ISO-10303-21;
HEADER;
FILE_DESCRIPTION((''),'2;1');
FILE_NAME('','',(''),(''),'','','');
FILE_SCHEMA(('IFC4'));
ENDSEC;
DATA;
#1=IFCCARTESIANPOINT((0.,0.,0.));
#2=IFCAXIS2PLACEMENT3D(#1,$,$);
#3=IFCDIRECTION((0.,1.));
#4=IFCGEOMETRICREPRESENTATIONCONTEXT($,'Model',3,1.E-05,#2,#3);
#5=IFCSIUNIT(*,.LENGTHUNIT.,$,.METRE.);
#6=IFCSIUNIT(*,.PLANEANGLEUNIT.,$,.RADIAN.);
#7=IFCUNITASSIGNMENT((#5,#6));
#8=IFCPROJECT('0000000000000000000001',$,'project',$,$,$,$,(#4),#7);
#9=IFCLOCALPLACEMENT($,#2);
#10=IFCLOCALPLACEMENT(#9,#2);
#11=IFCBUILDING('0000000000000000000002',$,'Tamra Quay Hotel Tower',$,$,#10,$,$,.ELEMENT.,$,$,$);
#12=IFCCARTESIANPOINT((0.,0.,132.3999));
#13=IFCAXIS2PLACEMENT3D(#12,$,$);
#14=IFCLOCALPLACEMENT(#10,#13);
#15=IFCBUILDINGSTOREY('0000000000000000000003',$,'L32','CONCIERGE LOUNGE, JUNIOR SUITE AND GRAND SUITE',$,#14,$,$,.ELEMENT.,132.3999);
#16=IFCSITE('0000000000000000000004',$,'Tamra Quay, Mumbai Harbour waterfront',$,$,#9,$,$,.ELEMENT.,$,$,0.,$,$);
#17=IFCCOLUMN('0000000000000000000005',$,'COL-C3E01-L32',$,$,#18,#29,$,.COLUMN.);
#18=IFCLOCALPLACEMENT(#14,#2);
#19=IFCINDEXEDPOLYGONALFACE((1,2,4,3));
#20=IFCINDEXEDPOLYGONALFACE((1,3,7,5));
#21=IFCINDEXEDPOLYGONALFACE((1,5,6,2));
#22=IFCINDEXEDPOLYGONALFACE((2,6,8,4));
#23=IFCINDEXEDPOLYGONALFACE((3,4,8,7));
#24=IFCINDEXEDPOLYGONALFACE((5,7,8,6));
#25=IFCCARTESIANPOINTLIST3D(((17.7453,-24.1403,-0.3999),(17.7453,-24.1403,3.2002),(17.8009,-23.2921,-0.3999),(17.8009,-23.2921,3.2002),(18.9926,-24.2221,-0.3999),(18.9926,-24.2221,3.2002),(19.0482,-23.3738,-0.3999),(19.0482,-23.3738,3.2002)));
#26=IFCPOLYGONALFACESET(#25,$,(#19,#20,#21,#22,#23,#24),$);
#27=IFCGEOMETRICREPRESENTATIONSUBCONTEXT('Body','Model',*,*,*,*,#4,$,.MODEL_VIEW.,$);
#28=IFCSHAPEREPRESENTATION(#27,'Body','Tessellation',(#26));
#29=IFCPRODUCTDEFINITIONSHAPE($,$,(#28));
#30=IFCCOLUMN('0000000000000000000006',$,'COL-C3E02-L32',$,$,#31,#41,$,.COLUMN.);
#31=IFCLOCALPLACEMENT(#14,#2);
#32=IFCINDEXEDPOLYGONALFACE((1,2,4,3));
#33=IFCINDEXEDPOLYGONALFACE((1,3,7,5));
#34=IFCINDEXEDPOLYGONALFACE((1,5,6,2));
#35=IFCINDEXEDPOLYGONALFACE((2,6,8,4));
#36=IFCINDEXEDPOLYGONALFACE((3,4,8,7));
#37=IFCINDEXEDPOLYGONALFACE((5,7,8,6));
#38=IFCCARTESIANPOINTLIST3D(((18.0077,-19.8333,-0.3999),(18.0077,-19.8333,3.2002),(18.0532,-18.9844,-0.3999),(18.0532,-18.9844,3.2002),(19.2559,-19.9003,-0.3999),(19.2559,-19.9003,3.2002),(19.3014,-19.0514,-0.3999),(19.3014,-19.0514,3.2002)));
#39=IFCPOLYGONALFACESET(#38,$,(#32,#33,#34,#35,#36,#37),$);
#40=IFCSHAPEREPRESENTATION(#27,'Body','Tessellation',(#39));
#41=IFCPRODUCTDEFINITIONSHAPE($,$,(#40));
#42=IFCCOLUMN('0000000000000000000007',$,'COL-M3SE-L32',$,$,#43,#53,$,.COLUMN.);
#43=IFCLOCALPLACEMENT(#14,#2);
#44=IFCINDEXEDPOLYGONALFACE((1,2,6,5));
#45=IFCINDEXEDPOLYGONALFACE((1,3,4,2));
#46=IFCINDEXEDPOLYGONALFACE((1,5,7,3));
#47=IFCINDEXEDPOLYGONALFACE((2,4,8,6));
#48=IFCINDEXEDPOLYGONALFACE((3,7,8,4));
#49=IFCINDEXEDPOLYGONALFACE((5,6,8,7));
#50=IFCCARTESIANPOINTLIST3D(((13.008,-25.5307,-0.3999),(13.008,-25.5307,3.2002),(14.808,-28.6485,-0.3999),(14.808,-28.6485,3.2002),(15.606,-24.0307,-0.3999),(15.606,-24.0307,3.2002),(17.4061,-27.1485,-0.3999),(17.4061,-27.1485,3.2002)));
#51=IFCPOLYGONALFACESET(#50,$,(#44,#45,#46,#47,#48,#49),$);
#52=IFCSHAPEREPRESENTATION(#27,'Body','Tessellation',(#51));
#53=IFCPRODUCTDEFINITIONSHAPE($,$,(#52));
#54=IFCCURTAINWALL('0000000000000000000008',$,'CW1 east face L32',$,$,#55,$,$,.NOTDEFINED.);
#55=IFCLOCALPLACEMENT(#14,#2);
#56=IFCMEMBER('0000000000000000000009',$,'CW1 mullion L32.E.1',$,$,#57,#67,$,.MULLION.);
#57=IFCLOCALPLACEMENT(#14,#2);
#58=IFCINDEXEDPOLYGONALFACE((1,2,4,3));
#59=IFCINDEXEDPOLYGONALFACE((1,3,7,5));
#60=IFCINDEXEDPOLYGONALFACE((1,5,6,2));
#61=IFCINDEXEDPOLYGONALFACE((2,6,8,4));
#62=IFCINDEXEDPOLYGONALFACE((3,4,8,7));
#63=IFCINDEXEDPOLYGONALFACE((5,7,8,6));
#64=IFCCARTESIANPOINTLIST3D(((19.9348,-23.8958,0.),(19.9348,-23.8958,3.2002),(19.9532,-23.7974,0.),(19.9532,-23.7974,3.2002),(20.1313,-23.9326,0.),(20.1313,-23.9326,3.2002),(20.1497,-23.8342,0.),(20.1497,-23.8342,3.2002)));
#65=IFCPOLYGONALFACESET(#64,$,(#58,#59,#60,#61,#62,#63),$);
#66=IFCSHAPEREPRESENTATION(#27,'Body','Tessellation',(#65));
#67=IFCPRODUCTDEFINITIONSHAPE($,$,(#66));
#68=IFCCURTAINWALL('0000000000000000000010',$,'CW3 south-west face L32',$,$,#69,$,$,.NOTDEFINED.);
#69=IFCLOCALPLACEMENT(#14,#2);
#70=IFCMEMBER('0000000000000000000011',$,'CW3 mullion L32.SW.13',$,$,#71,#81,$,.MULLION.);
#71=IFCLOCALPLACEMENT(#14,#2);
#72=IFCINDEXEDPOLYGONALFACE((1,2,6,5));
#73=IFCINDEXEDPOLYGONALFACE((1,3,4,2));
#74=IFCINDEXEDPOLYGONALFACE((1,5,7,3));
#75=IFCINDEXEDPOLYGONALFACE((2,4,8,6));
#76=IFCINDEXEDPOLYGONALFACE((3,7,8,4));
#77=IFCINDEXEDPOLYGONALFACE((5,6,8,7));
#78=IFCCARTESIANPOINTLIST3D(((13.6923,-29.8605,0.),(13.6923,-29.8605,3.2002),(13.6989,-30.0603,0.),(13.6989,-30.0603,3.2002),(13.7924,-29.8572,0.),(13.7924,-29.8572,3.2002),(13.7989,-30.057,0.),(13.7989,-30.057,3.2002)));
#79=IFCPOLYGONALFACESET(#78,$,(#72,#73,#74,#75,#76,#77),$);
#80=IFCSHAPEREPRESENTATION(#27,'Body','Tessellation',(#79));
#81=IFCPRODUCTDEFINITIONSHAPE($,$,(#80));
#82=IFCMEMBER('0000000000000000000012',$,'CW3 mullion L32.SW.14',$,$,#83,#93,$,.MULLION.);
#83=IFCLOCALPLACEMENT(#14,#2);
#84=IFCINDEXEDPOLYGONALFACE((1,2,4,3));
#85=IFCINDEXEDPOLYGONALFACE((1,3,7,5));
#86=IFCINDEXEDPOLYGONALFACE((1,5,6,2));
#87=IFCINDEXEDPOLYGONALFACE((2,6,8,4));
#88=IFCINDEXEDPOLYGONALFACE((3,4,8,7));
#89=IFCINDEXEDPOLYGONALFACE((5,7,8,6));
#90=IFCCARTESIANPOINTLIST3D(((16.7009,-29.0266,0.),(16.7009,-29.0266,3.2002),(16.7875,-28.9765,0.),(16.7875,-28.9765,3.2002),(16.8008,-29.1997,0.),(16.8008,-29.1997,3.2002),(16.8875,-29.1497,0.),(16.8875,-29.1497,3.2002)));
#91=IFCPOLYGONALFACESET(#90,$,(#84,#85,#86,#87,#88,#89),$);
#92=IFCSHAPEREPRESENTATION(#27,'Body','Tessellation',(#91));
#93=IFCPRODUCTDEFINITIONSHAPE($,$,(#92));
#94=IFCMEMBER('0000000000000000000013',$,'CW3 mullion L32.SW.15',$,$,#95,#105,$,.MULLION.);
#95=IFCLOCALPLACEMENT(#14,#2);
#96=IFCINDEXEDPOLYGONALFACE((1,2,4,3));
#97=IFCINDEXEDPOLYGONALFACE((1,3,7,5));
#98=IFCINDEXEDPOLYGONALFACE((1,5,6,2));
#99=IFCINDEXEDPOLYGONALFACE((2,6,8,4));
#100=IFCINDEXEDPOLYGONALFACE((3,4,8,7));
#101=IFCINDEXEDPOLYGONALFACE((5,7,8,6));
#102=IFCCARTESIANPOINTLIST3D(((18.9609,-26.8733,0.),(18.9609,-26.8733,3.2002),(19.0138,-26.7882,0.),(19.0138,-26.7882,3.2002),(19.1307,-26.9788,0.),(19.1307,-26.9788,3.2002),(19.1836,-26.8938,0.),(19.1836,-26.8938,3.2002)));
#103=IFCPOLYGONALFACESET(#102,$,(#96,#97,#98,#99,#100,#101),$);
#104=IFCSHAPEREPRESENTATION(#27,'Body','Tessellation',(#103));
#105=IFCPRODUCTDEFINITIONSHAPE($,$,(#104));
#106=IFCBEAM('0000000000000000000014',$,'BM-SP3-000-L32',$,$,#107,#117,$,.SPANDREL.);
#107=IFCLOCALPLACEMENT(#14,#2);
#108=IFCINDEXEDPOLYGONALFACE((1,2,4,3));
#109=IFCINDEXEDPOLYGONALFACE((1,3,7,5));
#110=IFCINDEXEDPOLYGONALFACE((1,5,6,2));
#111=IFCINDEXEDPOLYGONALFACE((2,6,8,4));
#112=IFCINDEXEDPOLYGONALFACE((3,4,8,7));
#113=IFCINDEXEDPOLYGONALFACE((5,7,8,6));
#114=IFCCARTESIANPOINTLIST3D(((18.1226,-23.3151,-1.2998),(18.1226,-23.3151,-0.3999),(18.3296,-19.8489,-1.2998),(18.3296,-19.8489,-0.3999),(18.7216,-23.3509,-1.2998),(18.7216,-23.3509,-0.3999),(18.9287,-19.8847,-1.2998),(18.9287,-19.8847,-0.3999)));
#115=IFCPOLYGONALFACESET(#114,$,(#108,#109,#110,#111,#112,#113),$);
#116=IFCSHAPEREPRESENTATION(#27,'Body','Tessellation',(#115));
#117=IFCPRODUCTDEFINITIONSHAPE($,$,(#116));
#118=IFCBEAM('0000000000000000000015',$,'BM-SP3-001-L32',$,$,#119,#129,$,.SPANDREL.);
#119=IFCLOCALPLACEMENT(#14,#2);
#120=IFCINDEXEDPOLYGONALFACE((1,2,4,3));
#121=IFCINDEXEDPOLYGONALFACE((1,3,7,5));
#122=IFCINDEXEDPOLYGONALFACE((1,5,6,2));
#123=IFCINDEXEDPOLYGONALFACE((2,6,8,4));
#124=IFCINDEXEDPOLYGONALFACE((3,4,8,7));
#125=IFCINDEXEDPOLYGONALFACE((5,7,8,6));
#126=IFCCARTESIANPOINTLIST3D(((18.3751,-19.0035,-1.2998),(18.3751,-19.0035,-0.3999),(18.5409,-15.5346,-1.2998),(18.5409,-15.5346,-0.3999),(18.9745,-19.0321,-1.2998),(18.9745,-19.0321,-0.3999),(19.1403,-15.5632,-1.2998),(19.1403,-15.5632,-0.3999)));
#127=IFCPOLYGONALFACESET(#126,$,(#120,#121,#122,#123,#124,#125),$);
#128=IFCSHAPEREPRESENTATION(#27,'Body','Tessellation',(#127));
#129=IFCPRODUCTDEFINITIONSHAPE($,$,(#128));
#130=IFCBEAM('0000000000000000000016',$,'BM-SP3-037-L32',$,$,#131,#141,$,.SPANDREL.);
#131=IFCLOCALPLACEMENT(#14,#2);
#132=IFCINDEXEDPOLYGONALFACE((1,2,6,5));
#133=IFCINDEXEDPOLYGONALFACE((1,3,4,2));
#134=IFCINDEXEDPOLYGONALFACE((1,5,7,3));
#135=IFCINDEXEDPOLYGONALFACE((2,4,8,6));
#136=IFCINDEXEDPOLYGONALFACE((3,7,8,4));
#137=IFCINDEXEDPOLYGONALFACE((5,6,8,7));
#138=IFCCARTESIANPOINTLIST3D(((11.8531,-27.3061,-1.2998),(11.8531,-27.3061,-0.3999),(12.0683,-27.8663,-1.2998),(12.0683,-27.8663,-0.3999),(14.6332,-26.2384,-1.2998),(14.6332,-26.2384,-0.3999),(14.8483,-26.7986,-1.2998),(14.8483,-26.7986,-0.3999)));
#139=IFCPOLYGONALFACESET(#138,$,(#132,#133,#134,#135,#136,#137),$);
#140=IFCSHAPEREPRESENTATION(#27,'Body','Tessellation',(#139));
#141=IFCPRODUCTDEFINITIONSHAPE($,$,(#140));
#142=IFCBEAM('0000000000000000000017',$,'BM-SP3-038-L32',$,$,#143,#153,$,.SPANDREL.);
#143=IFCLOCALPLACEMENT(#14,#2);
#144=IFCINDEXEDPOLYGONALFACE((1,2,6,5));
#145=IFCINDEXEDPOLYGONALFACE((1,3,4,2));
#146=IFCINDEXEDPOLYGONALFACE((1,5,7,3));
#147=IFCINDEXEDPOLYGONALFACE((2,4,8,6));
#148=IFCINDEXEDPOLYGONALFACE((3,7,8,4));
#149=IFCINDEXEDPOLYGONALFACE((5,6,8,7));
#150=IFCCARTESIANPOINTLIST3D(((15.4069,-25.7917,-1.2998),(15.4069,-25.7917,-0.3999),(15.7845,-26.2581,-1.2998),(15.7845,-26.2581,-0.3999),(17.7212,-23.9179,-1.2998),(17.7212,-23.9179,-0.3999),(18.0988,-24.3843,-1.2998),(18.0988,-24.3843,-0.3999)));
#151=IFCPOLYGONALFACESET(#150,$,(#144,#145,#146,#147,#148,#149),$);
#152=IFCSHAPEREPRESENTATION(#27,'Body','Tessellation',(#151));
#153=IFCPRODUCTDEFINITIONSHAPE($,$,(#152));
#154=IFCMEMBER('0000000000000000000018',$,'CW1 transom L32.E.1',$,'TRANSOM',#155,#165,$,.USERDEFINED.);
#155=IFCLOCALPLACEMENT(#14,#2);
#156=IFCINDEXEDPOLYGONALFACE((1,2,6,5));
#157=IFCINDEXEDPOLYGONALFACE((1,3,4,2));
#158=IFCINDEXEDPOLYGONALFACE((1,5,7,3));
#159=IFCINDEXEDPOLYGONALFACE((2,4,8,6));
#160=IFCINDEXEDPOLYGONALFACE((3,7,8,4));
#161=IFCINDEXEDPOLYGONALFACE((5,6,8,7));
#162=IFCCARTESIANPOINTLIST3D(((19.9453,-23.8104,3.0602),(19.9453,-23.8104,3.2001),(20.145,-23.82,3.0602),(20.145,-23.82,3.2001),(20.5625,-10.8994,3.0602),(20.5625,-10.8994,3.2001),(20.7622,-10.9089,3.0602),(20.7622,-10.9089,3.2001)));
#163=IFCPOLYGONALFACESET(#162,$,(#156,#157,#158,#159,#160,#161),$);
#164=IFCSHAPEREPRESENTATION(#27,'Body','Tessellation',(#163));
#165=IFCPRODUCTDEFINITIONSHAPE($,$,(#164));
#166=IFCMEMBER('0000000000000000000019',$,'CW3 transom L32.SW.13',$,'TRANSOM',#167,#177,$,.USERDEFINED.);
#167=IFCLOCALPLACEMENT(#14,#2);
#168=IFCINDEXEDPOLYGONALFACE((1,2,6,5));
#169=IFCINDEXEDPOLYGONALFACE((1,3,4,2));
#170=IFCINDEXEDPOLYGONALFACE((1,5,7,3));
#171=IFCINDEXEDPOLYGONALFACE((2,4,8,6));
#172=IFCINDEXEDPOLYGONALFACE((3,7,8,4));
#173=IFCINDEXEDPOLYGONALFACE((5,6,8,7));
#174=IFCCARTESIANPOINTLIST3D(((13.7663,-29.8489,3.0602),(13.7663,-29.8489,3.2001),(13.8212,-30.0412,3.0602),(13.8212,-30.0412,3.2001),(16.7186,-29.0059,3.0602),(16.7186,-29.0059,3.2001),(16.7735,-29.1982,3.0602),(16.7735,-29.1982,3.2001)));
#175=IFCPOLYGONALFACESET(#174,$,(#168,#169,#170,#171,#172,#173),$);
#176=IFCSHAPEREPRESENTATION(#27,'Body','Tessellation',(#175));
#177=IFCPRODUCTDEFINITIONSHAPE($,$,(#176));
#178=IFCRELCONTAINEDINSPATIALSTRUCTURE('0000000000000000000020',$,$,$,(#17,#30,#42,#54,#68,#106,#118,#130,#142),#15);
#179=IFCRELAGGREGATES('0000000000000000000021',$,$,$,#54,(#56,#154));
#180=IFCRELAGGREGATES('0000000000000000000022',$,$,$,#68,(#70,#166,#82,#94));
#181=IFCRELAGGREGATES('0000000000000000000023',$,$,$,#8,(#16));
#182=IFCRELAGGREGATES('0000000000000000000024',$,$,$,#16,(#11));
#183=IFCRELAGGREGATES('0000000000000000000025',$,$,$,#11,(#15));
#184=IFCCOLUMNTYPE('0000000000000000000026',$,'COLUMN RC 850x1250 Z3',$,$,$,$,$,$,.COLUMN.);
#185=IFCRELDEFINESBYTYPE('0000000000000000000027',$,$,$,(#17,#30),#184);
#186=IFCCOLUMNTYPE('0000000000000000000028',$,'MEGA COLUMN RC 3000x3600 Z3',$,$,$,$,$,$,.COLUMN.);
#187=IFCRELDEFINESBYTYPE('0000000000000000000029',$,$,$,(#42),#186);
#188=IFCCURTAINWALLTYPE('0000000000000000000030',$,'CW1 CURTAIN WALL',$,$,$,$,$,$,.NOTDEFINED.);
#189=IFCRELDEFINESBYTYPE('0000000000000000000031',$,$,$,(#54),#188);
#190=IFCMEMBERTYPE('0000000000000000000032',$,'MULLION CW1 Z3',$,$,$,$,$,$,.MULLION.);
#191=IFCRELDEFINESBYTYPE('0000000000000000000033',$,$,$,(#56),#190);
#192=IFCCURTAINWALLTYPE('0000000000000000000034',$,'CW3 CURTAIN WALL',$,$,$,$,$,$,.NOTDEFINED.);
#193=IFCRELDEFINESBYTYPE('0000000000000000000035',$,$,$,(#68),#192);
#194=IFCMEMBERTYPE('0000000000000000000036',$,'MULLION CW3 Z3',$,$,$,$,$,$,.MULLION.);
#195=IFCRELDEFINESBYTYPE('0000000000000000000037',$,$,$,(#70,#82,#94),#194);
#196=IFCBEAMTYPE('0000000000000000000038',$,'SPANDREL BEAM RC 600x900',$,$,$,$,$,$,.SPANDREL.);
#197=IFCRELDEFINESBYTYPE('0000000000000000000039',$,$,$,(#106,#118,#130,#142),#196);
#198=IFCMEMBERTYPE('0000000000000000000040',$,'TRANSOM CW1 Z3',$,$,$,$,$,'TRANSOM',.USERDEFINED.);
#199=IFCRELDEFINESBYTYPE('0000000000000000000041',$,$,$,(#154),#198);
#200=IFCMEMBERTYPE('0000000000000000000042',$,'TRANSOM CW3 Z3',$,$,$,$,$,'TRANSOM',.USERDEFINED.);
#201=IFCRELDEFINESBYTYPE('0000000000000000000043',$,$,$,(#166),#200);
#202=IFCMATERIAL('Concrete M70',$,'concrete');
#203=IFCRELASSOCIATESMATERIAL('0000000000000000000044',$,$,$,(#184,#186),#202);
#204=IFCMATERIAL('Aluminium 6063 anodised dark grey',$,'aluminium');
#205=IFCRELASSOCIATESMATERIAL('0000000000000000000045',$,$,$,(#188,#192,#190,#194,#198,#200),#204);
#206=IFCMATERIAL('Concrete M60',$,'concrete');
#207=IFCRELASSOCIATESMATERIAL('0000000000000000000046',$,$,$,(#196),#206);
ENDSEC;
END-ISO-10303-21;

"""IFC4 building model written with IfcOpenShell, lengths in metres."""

from ifc_helpers import new_model, si_unit, direction, frame, origin, origin_2d, place, context, subcontext, project, spatial, rectangle, extrude, material, material_profile, profile_set, type_object, element, aggregate, save


model = new_model("IFC4")

# Units and contexts
model_context = context("Model", 3, precision=1e-05, world=origin(), true_north=direction((0.0, 1.0)))
body_context = subcontext(model_context, "Body", "Model", "MODEL_VIEW")
ifc_project = project(units=[si_unit("LENGTHUNIT", "METRE"), si_unit("PLANEANGLEUNIT", "RADIAN")], contexts=[model_context])

# Site, building, storey
site_placement = place(None, origin())
site = spatial("IfcSite", under=ifc_project, at=site_placement, Name="Tamra Quay, Mumbai Harbour waterfront", CompositionType="ELEMENT", RefElevation=0.0)
building_placement = place(site_placement, origin())
building = spatial("IfcBuilding", under=site, at=building_placement, Name="Tamra Quay Hotel Tower", CompositionType="ELEMENT")
storey_placement = place(building_placement, frame((0.0, 0.0, 132.3999)))
storey = spatial("IfcBuildingStorey", under=building, at=storey_placement, Name="L32", Description="CONCIERGE LOUNGE, JUNIOR SUITE AND GRAND SUITE", CompositionType="ELEMENT", Elevation=132.3999)

# Columns
ifc_material_1 = material(Name="Concrete M70", Category="concrete")
ifc_material_profile_1 = material_profile(ifc_material_1, rectangle(XDim=1.25, YDim=0.8501, at=origin_2d()), Name="COLUMN RC 850x1250 Z3")
ifc_profile_set_1 = profile_set([ifc_material_profile_1], Name="Concrete M70")
column_type_1 = type_object("IfcColumnType", Name="COLUMN RC 850x1250 Z3", PredefinedType="COLUMN", material=ifc_profile_set_1)
for number, where, z_axis, x_axis, name in (
    (1, (18.3967, -23.7571, -0.3999), (0.0, 0.0, 1.0), (-0.997858, 0.065419, 0.0), "COL-C3E01-L32"),
    (2, (18.6545, -19.4424, -0.3999), (0.0, 0.0, 1.0), (-0.998562, 0.053603, 0.0), "COL-C3E02-L32"),
):
    element("IfcColumn", number, at=place(storey_placement, frame(where, z_axis=z_axis, x_axis=x_axis)), inside=storey, type_object=column_type_1, Name=name, PredefinedType="COLUMN", context=body_context, shape_type="SweptSolid", body=[
        extrude(rectangle(XDim=1.25, YDim=0.8501, at=origin_2d()), origin(), (0.0, 0.0, 1.0), 3.6001),
    ])
ifc_material_profile_2 = material_profile(ifc_material_1, rectangle(XDim=3.6001, YDim=3.0, at=origin_2d()), Name="MEGA COLUMN RC 3000x3600 Z3")
ifc_profile_set_2 = profile_set([ifc_material_profile_2], Name="Concrete M70")
column_type_2 = type_object("IfcColumnType", Name="MEGA COLUMN RC 3000x3600 Z3", PredefinedType="COLUMN", material=ifc_profile_set_2)
column_placement = place(storey_placement, frame((15.207, -26.3396, -0.3999), z_axis=(0.0, 0.0, 1.0), x_axis=(-0.5, 0.866025, 0.0)))
element("IfcColumn", 3, at=column_placement, inside=storey, type_object=column_type_2, Name="COL-M3SE-L32", PredefinedType="COLUMN", context=body_context, shape_type="SweptSolid", body=[
    extrude(rectangle(XDim=3.6001, YDim=3.0, at=origin_2d()), origin(), (0.0, 0.0, 1.0), 3.6001),
])

# Curtain wall, member
ifc_material_2 = material(Name="Aluminium 6063 anodised dark grey", Category="aluminium")
curtain_wall_type_1 = type_object("IfcCurtainWallType", Name="CW1 CURTAIN WALL", PredefinedType="NOTDEFINED", material=ifc_material_2)
curtain_wall_1_placement = place(storey_placement, origin())
curtain_wall_1 = element("IfcCurtainWall", 4, at=curtain_wall_1_placement, inside=storey, type_object=curtain_wall_type_1, Name="CW1 east face L32", PredefinedType="NOTDEFINED")
ifc_material_profile_3 = material_profile(ifc_material_2, rectangle(XDim=0.2, YDim=0.1001, at=origin_2d()), Name="MULLION 100X200")
ifc_profile_set_3 = profile_set([ifc_material_profile_3], Name="Aluminium 6063 anodised dark grey")
member_type_1 = type_object("IfcMemberType", Name="MULLION CW1 Z3", PredefinedType="MULLION", material=ifc_profile_set_3)
member_1_placement = place(storey_placement, frame((20.0422, -23.865, 0.0), z_axis=(0.0, 0.0, 1.0), x_axis=(0.982883, -0.18423, 0.0)))
member_1 = element("IfcMember", 5, at=member_1_placement, type_object=member_type_1, Name="CW1 mullion L32.E.1", PredefinedType="MULLION", context=body_context, shape_type="SweptSolid", body=[
    extrude(rectangle(XDim=0.2, YDim=0.1001, at=origin_2d()), origin(), (0.0, 0.0, 1.0), 3.2002),
])

# Curtain wall, members
curtain_wall_type_2 = type_object("IfcCurtainWallType", Name="CW3 CURTAIN WALL", PredefinedType="NOTDEFINED", material=ifc_material_2)
curtain_wall_2_placement = place(storey_placement, origin())
curtain_wall_2 = element("IfcCurtainWall", 6, at=curtain_wall_2_placement, inside=storey, type_object=curtain_wall_type_2, Name="CW3 south-west face L32", PredefinedType="NOTDEFINED")
ifc_material_profile_4 = material_profile(ifc_material_2, rectangle(XDim=0.2, YDim=0.1001, at=origin_2d()), Name="MULLION 100X200")
ifc_profile_set_4 = profile_set([ifc_material_profile_4], Name="Aluminium 6063 anodised dark grey")
member_type_2 = type_object("IfcMemberType", Name="MULLION CW3 Z3", PredefinedType="MULLION", material=ifc_profile_set_4)
member_2_placement = place(storey_placement, frame((13.7456, -29.9587, 0.0), z_axis=(0.0, 0.0, 1.0), x_axis=(0.032727, -0.999464, 0.0)))
member_2 = element("IfcMember", 7, at=member_2_placement, type_object=member_type_2, Name="CW3 mullion L32.SW.13", PredefinedType="MULLION", context=body_context, shape_type="SweptSolid", body=[
    extrude(rectangle(XDim=0.2, YDim=0.1001, at=origin_2d()), origin(), (0.0, 0.0, 1.0), 3.2002),
])
member_3_placement = place(storey_placement, frame((16.7942, -29.0881, 0.0), z_axis=(0.0, 0.0, 1.0), x_axis=(0.5, -0.866025, 0.0)))
member_3 = element("IfcMember", 8, at=member_3_placement, type_object=member_type_2, Name="CW3 mullion L32.SW.14", PredefinedType="MULLION", context=body_context, shape_type="SweptSolid", body=[
    extrude(rectangle(XDim=0.2, YDim=0.1001, at=origin_2d()), origin(), (0.0, 0.0, 1.0), 3.2002),
])
member_4_placement = place(storey_placement, frame((19.0723, -26.8835, 0.0), z_axis=(0.0, 0.0, 1.0), x_axis=(0.849198, -0.528075, 0.0)))
member_4 = element("IfcMember", 9, at=member_4_placement, type_object=member_type_2, Name="CW3 mullion L32.SW.15", PredefinedType="MULLION", context=body_context, shape_type="SweptSolid", body=[
    extrude(rectangle(XDim=0.2, YDim=0.1001, at=origin_2d()), origin(), (0.0, 0.0, 1.0), 3.2002),
])

# Beams
ifc_material_3 = material(Name="Concrete M60", Category="concrete")
ifc_material_profile_5 = material_profile(ifc_material_3, rectangle(XDim=0.6001, YDim=0.8999, at=origin_2d()), Name="SPANDREL BEAM RC 600x900")
ifc_profile_set_5 = profile_set([ifc_material_profile_5], Name="Concrete M60")
beam_type = type_object("IfcBeamType", Name="SPANDREL BEAM RC 600x900", PredefinedType="SPANDREL", material=ifc_profile_set_5)
beam_1_placement = place(storey_placement, frame((18.4221, -23.333, -0.8499), z_axis=(0.05962, 0.998221, 0.0), x_axis=(-0.998221, 0.05962, 0.0)))
element("IfcBeam", 10, at=beam_1_placement, inside=storey, type_object=beam_type, Name="BM-SP3-000-L32", PredefinedType="SPANDREL", context=body_context, shape_type="SweptSolid", body=[
    extrude(rectangle(XDim=0.6001, YDim=0.8999, at=origin_2d()), origin(), (0.0, 0.0, 1.0), 3.4724),
])
beam_2_placement = place(storey_placement, frame((18.6748, -19.0178, -0.8499), z_axis=(0.047732, 0.99886, 0.0), x_axis=(-0.99886, 0.047732, 0.0)))
element("IfcBeam", 11, at=beam_2_placement, inside=storey, type_object=beam_type, Name="BM-SP3-001-L32", PredefinedType="SPANDREL", context=body_context, shape_type="SweptSolid", body=[
    extrude(rectangle(XDim=0.6001, YDim=0.8999, at=origin_2d()), origin(), (0.0, 0.0, 1.0), 3.4729),
])
beam_3_placement = place(storey_placement, frame((11.9607, -27.5862, -0.8499), z_axis=(0.933527, 0.358507, 0.0), x_axis=(-0.358507, 0.933527, 0.0)))
element("IfcBeam", 12, at=beam_3_placement, inside=storey, type_object=beam_type, Name="BM-SP3-037-L32", PredefinedType="SPANDREL", context=body_context, shape_type="SweptSolid", body=[
    extrude(rectangle(XDim=0.6001, YDim=0.8999, at=origin_2d()), origin(), (0.0, 0.0, 1.0), 2.978),
])
beam_4_placement = place(storey_placement, frame((15.5957, -26.0249, -0.8499), z_axis=(0.777184, 0.629274, 0.0), x_axis=(-0.629274, 0.777184, 0.0)))
element("IfcBeam", 13, at=beam_4_placement, inside=storey, type_object=beam_type, Name="BM-SP3-038-L32", PredefinedType="SPANDREL", context=body_context, shape_type="SweptSolid", body=[
    extrude(rectangle(XDim=0.6001, YDim=0.8999, at=origin_2d()), origin(), (0.0, 0.0, 1.0), 2.9778),
])

# Members
ifc_material_profile_6 = material_profile(ifc_material_2, rectangle(XDim=0.2, YDim=0.1399, at=origin_2d()), Name="TRANSOM 200X140")
ifc_profile_set_6 = profile_set([ifc_material_profile_6], Name="Aluminium 6063 anodised dark grey")
member_type_3 = type_object("IfcMemberType", Name="TRANSOM CW1 Z3", ElementType="TRANSOM", PredefinedType="USERDEFINED", material=ifc_profile_set_6)
member_5_placement = place(storey_placement, frame((20.0452, -23.8152, 3.1301), z_axis=(0.047748, 0.998859, 0.0), x_axis=(-0.998859, 0.047748, 0.0)))
member_5 = element("IfcMember", 14, at=member_5_placement, type_object=member_type_3, Name="CW1 transom L32.E.1", ObjectType="TRANSOM", PredefinedType="USERDEFINED", context=body_context, shape_type="SweptSolid", body=[
    extrude(rectangle(XDim=0.2, YDim=0.1399, at=origin_2d()), origin(), (0.0, 0.0, 1.0), 12.9258),
])
ifc_material_profile_7 = material_profile(ifc_material_2, rectangle(XDim=0.2, YDim=0.1399, at=origin_2d()), Name="TRANSOM 200X140")
ifc_profile_set_7 = profile_set([ifc_material_profile_7], Name="Aluminium 6063 anodised dark grey")
member_type_4 = type_object("IfcMemberType", Name="TRANSOM CW3 Z3", ElementType="TRANSOM", PredefinedType="USERDEFINED", material=ifc_profile_set_7)
member_6_placement = place(storey_placement, frame((13.7937, -29.9451, 3.1301), z_axis=(0.961569, 0.274564, 0.0), x_axis=(-0.274564, 0.961569, 0.0)))
member_6 = element("IfcMember", 15, at=member_6_placement, type_object=member_type_4, Name="CW3 transom L32.SW.13", ObjectType="TRANSOM", PredefinedType="USERDEFINED", context=body_context, shape_type="SweptSolid", body=[
    extrude(rectangle(XDim=0.2, YDim=0.1399, at=origin_2d()), origin(), (0.0, 0.0, 1.0), 3.0703),
])

aggregate(curtain_wall_1, [member_1, member_5])
aggregate(curtain_wall_2, [member_2, member_6, member_3, member_4])

save(model, "model.ifc")
